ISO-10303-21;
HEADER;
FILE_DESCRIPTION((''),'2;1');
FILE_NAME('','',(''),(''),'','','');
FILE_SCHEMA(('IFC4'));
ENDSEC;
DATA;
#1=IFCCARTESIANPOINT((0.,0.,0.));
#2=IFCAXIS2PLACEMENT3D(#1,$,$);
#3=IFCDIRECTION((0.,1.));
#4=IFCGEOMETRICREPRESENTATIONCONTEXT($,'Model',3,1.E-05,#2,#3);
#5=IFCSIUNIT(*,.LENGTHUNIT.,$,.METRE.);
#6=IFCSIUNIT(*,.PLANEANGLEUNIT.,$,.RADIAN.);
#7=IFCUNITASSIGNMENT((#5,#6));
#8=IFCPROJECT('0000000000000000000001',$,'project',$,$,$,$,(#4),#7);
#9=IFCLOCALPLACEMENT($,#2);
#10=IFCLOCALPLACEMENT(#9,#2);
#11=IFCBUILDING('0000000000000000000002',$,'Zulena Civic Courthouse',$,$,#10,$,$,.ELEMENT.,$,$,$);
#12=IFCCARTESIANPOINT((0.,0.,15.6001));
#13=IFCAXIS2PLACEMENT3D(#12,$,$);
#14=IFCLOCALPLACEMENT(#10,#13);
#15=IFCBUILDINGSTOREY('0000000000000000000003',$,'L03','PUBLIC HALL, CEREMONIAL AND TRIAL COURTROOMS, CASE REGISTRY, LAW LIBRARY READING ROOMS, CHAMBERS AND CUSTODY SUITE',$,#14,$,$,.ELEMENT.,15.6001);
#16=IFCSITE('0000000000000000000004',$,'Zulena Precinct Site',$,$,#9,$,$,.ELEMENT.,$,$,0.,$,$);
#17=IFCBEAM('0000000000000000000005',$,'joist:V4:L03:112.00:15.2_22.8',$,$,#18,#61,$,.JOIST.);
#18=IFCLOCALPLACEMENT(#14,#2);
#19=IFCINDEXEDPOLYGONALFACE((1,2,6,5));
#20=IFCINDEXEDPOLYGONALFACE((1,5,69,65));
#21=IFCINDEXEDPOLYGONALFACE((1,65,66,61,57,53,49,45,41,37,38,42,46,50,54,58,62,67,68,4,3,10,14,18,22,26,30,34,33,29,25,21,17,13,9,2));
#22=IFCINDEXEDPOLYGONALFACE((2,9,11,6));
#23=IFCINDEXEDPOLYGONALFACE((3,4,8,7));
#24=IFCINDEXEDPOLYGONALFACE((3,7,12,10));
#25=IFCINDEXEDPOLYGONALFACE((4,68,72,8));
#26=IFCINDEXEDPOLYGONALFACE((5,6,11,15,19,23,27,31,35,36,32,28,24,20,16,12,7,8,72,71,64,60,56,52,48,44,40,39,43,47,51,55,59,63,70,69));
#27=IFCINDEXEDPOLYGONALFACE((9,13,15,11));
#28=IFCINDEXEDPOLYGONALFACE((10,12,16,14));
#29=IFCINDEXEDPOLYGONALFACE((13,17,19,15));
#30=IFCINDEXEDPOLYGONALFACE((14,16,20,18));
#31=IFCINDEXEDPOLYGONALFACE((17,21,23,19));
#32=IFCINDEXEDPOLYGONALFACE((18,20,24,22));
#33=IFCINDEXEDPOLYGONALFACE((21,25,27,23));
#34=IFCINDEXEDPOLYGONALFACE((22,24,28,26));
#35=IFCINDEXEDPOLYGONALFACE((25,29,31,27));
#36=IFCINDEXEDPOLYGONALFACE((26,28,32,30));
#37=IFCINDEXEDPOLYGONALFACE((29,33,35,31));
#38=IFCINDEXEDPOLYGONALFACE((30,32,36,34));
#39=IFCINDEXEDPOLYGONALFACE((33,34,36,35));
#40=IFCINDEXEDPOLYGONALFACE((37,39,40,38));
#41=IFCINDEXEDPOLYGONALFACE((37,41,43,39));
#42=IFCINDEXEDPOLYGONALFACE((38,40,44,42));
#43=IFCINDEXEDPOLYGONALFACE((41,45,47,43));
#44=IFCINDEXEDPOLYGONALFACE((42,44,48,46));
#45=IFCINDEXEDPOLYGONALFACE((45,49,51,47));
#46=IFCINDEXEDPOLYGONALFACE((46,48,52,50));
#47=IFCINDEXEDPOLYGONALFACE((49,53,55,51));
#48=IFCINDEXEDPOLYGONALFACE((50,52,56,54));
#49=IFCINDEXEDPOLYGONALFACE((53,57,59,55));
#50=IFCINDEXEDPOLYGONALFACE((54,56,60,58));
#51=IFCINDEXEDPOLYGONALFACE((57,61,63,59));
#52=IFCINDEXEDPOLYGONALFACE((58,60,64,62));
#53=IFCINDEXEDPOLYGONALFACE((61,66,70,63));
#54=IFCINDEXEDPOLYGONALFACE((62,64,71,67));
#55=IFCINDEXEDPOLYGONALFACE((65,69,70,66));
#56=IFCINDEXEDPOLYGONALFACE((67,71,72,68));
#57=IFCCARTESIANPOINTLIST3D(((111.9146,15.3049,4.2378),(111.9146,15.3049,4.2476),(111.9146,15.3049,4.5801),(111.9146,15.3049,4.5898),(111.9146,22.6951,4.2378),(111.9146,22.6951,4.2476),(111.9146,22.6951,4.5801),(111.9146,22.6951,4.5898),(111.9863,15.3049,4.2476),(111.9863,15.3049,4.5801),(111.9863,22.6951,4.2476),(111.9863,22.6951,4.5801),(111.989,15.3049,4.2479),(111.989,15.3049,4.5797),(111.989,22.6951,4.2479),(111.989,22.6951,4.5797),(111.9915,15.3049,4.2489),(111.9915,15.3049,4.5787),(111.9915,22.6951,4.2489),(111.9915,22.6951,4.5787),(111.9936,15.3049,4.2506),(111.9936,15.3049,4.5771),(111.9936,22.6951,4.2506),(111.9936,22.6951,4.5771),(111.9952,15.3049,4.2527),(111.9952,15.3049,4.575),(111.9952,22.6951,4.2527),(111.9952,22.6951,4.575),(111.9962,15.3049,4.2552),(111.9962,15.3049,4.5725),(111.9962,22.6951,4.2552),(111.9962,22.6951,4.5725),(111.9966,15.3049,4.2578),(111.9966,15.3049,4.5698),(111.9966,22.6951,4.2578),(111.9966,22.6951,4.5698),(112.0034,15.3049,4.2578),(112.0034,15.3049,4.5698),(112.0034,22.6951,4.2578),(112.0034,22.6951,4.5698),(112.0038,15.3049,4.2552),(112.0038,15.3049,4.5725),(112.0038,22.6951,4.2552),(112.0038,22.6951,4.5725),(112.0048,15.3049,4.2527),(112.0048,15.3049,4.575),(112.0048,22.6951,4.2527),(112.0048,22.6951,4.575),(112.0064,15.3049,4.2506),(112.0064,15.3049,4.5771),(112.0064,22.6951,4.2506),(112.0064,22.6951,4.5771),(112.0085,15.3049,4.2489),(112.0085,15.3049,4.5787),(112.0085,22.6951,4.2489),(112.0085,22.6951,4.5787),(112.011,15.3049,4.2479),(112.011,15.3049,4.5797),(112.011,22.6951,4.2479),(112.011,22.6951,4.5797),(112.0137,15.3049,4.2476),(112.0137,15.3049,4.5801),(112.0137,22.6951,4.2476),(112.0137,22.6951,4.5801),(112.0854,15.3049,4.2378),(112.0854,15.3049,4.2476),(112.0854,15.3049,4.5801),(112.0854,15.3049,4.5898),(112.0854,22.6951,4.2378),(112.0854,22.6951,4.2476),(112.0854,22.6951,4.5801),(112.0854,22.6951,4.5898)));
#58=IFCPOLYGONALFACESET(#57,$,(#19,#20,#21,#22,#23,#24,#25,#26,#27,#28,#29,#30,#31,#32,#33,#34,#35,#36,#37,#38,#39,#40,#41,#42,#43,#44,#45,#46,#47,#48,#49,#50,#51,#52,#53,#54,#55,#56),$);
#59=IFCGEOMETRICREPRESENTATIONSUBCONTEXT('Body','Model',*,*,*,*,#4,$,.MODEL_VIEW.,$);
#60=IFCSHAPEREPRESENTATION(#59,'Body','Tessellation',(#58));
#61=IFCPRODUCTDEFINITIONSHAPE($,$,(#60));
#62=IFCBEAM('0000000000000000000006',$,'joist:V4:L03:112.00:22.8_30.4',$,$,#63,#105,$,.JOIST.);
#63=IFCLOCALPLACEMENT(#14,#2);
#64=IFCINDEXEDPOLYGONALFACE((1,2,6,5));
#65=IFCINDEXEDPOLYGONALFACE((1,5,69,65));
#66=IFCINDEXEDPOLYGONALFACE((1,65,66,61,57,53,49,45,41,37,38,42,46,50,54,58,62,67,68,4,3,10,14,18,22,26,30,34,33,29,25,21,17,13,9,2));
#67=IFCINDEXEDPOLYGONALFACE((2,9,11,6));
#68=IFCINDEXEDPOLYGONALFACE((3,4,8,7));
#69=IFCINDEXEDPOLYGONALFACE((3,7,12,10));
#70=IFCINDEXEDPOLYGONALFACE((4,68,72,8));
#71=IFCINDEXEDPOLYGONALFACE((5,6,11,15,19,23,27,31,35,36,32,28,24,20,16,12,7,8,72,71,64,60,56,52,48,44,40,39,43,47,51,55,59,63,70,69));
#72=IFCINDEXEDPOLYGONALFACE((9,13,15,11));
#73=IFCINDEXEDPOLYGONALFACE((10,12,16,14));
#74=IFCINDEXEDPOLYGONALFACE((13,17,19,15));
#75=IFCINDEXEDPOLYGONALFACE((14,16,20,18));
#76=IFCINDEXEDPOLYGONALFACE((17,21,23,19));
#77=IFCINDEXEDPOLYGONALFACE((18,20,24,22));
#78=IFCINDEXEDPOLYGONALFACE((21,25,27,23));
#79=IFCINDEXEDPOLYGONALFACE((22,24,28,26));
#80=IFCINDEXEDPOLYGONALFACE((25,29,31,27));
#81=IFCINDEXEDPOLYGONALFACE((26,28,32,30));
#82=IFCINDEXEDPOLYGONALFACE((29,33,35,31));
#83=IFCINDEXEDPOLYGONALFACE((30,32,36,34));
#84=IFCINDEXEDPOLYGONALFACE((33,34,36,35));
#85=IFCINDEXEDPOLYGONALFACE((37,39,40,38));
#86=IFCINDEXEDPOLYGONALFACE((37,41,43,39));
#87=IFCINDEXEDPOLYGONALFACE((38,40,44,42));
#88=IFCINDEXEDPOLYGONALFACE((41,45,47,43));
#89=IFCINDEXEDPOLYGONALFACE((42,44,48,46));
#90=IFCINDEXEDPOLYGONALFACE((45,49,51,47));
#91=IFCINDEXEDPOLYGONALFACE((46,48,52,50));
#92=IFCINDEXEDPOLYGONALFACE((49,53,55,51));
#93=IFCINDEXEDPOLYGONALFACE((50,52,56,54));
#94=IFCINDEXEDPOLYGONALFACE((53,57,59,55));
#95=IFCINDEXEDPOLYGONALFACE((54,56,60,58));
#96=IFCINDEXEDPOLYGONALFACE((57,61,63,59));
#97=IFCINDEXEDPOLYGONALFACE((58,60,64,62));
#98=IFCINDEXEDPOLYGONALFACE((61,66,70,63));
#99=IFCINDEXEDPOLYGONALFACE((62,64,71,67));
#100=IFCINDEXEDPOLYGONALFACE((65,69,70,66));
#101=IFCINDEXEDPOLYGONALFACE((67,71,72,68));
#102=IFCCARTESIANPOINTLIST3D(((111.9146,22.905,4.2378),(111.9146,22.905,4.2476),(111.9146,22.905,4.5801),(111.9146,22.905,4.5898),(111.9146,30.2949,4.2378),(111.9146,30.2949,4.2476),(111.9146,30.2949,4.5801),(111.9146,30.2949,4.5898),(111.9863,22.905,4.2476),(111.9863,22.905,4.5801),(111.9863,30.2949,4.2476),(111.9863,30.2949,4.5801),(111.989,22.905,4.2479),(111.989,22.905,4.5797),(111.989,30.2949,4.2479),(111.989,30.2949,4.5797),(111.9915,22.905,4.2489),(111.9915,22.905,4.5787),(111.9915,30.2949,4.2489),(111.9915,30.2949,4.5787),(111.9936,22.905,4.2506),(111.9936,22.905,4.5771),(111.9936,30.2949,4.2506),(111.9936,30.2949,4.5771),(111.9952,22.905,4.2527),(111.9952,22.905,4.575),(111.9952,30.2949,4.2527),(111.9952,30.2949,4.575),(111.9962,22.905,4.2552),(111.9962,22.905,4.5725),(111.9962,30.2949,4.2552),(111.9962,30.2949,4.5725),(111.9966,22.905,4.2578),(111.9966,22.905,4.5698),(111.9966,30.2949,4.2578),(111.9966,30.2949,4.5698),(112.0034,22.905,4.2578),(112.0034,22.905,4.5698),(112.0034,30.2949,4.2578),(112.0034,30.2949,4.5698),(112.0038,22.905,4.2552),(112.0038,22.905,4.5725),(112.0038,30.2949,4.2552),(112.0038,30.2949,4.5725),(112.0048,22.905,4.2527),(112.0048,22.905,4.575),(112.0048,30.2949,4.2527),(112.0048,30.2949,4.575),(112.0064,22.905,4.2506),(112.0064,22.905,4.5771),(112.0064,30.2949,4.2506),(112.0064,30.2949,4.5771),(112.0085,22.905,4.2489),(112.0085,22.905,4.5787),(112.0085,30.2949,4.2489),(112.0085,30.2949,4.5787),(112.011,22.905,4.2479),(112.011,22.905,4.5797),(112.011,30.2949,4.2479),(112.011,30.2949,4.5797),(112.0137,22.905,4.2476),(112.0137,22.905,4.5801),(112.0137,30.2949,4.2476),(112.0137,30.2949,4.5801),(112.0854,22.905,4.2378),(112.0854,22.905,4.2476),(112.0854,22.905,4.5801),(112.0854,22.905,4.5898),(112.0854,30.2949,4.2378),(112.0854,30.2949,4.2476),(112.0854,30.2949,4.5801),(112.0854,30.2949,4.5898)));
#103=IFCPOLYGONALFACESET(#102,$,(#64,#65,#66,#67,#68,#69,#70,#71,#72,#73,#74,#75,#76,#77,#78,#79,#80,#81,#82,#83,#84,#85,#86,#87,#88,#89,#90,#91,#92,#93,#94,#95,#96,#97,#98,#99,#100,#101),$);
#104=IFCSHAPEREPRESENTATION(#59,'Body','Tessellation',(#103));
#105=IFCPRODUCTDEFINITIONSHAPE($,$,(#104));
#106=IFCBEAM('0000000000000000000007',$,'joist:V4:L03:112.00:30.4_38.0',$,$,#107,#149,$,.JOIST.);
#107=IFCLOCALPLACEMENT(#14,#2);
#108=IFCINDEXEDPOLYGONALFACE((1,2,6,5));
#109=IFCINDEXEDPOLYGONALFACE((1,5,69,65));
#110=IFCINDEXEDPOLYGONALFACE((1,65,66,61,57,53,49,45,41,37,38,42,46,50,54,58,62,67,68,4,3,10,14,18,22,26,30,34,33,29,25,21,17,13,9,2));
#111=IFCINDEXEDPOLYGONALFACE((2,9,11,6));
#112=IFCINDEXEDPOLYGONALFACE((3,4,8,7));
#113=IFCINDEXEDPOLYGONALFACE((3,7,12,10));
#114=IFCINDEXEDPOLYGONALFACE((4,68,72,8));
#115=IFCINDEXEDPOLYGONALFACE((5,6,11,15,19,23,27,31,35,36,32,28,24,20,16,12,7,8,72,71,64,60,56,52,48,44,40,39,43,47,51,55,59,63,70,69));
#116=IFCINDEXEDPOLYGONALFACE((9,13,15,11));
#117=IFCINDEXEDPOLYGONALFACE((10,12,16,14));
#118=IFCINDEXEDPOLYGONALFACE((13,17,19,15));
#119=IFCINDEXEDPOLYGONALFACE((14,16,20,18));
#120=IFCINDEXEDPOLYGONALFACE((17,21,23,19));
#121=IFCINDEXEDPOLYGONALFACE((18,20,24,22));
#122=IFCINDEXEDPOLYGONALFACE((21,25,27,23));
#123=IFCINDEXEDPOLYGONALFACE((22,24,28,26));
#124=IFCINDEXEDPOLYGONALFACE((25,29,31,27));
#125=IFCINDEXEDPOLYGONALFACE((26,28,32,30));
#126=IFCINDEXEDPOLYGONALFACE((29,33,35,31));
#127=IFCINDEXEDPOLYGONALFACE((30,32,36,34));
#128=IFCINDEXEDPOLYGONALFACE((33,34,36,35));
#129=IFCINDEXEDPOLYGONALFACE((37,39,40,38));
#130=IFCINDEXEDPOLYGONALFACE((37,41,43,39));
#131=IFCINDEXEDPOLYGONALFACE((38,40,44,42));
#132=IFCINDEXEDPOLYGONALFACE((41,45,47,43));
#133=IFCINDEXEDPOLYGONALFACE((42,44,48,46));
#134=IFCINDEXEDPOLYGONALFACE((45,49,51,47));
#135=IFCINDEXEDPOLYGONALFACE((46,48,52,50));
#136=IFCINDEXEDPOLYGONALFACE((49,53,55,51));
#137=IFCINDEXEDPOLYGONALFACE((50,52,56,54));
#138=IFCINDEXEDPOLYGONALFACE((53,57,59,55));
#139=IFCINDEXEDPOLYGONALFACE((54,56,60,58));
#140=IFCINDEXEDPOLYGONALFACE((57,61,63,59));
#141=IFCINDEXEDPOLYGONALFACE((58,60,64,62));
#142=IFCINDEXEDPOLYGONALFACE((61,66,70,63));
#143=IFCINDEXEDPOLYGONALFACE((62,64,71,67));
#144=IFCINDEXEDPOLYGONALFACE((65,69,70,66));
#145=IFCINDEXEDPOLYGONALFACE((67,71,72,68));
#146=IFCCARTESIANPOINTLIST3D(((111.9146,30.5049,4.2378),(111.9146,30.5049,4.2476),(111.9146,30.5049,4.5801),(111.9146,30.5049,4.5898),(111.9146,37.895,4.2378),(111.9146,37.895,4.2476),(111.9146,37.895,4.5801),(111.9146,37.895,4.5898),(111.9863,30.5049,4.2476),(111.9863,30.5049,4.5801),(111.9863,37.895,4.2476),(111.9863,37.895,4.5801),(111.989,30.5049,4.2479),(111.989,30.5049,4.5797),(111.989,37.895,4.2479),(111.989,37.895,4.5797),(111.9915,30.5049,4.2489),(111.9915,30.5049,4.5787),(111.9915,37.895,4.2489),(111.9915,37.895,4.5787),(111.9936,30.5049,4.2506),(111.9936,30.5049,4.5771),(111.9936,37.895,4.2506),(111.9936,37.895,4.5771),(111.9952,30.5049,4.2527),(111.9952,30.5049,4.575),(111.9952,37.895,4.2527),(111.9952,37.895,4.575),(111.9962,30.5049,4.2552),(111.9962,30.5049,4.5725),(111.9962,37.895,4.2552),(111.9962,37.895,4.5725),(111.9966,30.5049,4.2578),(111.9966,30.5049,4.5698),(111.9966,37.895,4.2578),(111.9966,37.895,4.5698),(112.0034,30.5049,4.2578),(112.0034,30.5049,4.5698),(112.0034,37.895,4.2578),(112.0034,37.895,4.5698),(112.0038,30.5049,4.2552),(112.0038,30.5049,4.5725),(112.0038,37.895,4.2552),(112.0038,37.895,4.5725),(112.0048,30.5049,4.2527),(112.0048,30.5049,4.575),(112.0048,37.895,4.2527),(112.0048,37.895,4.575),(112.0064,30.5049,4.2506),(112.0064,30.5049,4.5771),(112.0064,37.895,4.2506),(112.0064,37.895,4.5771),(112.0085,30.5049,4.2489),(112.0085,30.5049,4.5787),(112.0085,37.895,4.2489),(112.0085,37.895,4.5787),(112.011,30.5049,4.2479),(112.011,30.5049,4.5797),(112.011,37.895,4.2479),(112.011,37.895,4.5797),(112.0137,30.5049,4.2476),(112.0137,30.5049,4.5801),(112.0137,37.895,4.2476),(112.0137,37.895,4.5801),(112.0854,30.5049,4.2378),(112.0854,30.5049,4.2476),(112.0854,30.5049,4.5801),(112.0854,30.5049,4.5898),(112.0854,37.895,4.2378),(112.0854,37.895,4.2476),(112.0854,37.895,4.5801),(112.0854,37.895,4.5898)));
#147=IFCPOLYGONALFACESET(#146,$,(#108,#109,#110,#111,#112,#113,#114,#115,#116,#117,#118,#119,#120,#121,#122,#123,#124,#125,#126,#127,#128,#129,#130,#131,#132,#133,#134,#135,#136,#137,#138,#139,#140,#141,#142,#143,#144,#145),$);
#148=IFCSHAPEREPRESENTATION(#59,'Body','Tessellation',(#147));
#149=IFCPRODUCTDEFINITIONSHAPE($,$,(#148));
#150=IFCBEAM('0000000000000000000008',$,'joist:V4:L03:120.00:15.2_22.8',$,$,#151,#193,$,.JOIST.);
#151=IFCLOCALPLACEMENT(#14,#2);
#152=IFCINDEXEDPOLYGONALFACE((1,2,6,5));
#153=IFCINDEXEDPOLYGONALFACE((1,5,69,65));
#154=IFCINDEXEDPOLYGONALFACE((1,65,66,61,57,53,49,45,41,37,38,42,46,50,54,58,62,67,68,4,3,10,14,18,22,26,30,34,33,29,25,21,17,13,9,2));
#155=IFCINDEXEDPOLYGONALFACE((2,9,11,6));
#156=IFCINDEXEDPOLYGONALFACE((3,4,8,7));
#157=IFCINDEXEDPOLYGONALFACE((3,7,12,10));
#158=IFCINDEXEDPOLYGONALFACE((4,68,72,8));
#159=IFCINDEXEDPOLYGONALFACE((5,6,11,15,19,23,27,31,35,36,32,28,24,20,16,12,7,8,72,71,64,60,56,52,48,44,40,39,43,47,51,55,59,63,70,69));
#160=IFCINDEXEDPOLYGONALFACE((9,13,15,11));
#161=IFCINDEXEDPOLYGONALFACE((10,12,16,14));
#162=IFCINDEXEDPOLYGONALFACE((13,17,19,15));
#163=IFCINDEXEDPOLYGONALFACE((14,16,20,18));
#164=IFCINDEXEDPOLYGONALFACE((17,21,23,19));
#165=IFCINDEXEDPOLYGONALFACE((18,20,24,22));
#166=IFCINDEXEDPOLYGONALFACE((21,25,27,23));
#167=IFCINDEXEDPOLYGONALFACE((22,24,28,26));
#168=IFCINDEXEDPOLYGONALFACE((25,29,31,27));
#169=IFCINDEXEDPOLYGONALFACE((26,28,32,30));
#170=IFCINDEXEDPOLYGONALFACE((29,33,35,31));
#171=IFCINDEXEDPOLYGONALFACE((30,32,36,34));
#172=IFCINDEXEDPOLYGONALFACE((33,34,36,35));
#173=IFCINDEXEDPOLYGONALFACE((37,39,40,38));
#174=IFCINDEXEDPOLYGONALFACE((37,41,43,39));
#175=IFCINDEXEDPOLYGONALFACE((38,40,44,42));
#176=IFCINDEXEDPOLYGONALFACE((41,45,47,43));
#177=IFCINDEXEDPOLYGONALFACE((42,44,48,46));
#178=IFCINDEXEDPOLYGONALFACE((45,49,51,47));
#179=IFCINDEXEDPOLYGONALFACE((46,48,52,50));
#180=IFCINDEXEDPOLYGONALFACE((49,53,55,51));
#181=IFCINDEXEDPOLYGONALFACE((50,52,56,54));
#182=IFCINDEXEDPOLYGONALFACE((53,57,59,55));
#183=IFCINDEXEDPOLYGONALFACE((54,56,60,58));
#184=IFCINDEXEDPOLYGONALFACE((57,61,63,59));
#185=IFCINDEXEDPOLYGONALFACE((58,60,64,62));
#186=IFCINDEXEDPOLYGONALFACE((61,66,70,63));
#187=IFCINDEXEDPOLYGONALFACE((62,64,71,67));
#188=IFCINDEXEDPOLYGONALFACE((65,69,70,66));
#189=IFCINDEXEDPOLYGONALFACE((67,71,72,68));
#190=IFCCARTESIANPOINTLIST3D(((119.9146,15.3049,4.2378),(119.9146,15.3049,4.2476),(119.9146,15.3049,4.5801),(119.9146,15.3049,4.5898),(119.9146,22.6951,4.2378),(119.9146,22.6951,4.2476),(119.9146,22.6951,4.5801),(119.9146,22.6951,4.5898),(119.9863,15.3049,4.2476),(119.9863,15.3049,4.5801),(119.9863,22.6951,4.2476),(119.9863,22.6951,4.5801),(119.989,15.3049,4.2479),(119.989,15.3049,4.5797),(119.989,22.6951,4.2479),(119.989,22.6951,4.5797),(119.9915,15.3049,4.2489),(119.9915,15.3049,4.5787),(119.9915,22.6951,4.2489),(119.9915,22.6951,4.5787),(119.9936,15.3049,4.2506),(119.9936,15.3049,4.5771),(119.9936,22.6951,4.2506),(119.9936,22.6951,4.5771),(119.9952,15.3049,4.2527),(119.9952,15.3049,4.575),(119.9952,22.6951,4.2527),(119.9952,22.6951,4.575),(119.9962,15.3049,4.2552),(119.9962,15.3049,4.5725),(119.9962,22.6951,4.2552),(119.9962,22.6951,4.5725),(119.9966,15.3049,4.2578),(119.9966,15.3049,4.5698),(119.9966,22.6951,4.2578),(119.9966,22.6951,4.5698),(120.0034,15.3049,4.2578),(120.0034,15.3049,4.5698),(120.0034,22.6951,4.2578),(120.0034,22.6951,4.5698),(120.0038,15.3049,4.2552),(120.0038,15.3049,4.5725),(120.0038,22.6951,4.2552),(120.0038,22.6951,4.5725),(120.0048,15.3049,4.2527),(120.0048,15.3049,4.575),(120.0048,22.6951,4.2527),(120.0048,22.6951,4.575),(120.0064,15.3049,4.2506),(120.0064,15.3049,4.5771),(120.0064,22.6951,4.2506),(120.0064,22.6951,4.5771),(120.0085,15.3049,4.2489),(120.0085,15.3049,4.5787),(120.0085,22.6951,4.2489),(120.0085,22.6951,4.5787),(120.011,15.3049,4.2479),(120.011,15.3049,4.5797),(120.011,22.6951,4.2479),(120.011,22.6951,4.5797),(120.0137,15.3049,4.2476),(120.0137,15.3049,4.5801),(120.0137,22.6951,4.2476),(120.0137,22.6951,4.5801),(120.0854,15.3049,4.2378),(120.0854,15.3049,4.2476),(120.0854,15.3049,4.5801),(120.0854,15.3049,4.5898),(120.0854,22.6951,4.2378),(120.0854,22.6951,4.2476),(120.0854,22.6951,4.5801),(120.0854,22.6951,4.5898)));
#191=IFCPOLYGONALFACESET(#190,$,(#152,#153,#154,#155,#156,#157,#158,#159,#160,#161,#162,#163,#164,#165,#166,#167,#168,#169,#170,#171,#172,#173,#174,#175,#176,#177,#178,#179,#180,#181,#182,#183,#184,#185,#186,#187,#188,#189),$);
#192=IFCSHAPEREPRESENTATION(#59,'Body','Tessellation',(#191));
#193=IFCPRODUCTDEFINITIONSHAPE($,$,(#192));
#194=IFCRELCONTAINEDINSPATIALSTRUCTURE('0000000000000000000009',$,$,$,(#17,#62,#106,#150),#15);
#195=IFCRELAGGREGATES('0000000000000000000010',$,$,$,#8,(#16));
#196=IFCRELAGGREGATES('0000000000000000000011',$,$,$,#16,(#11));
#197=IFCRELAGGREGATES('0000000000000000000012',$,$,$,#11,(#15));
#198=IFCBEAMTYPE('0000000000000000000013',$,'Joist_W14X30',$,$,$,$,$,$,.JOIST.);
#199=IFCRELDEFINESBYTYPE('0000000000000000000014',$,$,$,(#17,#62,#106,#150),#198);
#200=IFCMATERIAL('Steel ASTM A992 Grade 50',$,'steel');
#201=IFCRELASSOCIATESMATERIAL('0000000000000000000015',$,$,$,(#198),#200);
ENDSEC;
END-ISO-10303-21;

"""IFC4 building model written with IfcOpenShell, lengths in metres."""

from ifc_helpers import new_model, si_unit, direction, frame, origin, origin_2d, place, context, subcontext, project, spatial, i_section, extrude, material, material_profile, profile_set, type_object, element, save


model = new_model("IFC4")

# Units and contexts
model_context = context("Model", 3, precision=1e-05, world=origin(), true_north=direction((0.0, 1.0)))
body_context = subcontext(model_context, "Body", "Model", "MODEL_VIEW")
ifc_project = project(units=[si_unit("LENGTHUNIT", "METRE"), si_unit("PLANEANGLEUNIT", "RADIAN")], contexts=[model_context])

# Site, building, storey
site_placement = place(None, origin())
site = spatial("IfcSite", under=ifc_project, at=site_placement, Name="Zulena Precinct Site", CompositionType="ELEMENT", RefElevation=0.0)
building_placement = place(site_placement, origin())
building = spatial("IfcBuilding", under=site, at=building_placement, Name="Zulena Civic Courthouse", CompositionType="ELEMENT")
storey_placement = place(building_placement, frame((0.0, 0.0, 15.6001)))
storey = spatial("IfcBuildingStorey", under=building, at=storey_placement, Name="L03", Description="PUBLIC HALL, CEREMONIAL AND TRIAL COURTROOMS, CASE REGISTRY, LAW LIBRARY READING ROOMS, CHAMBERS AND CUSTODY SUITE", CompositionType="ELEMENT", Elevation=15.6001)

# Shared definitions
ifc_material_1 = material(Name="Steel ASTM A992 Grade 50", Category="steel")

# Beams
ifc_material_profile_1 = material_profile(ifc_material_1, i_section(OverallWidth=0.1709, OverallDepth=0.3521, WebThickness=0.0068, FlangeThickness=0.0098, FilletRadius=0.0103, at=origin_2d()), Name="W14X30")
ifc_profile_set_1 = profile_set([ifc_material_profile_1], Name="Steel ASTM A992 Grade 50")
beam_type_1 = type_object("IfcBeamType", Name="Joist_W14X30", PredefinedType="JOIST", material=ifc_profile_set_1)
beam_1_placement = place(storey_placement, frame((112.0, 15.3049, 4.4138), z_axis=(0.0, 1.0, 0.0), x_axis=(-1.0, 0.0, 0.0)))
element("IfcBeam", 1, at=beam_1_placement, inside=storey, type_object=beam_type_1, Name="joist:V4:L03:112.00:15.2_22.8", PredefinedType="JOIST", context=body_context, shape_type="SweptSolid", body=[
    extrude(i_section(OverallWidth=0.1709, OverallDepth=0.3521, WebThickness=0.0068, FlangeThickness=0.0098, FilletRadius=0.0103, at=origin_2d()), origin(), (0.0, 0.0, 1.0), 7.3901),
])
beam_2_placement = place(storey_placement, frame((112.0, 22.905, 4.4138), z_axis=(0.0, 1.0, 0.0), x_axis=(-1.0, 0.0, 0.0)))
element("IfcBeam", 2, at=beam_2_placement, inside=storey, type_object=beam_type_1, Name="joist:V4:L03:112.00:22.8_30.4", PredefinedType="JOIST", context=body_context, shape_type="SweptSolid", body=[
    extrude(i_section(OverallWidth=0.1709, OverallDepth=0.3521, WebThickness=0.0068, FlangeThickness=0.0098, FilletRadius=0.0103, at=origin_2d()), origin(), (0.0, 0.0, 1.0), 7.3899),
])
for number, where, z_axis, x_axis, name in (
    (3, (112.0, 30.5049, 4.4138), (0.0, 1.0, 0.0), (-1.0, 0.0, 0.0), "joist:V4:L03:112.00:30.4_38.0"),
    (4, (120.0, 15.3049, 4.4138), (0.0, 1.0, 0.0), (-1.0, 0.0, 0.0), "joist:V4:L03:120.00:15.2_22.8"),
):
    element("IfcBeam", number, at=place(storey_placement, frame(where, z_axis=z_axis, x_axis=x_axis)), inside=storey, type_object=beam_type_1, Name=name, PredefinedType="JOIST", context=body_context, shape_type="SweptSolid", body=[
        extrude(i_section(OverallWidth=0.1709, OverallDepth=0.3521, WebThickness=0.0068, FlangeThickness=0.0098, FilletRadius=0.0103, at=origin_2d()), origin(), (0.0, 0.0, 1.0), 7.3901),
    ])

save(model, "model.ifc")
